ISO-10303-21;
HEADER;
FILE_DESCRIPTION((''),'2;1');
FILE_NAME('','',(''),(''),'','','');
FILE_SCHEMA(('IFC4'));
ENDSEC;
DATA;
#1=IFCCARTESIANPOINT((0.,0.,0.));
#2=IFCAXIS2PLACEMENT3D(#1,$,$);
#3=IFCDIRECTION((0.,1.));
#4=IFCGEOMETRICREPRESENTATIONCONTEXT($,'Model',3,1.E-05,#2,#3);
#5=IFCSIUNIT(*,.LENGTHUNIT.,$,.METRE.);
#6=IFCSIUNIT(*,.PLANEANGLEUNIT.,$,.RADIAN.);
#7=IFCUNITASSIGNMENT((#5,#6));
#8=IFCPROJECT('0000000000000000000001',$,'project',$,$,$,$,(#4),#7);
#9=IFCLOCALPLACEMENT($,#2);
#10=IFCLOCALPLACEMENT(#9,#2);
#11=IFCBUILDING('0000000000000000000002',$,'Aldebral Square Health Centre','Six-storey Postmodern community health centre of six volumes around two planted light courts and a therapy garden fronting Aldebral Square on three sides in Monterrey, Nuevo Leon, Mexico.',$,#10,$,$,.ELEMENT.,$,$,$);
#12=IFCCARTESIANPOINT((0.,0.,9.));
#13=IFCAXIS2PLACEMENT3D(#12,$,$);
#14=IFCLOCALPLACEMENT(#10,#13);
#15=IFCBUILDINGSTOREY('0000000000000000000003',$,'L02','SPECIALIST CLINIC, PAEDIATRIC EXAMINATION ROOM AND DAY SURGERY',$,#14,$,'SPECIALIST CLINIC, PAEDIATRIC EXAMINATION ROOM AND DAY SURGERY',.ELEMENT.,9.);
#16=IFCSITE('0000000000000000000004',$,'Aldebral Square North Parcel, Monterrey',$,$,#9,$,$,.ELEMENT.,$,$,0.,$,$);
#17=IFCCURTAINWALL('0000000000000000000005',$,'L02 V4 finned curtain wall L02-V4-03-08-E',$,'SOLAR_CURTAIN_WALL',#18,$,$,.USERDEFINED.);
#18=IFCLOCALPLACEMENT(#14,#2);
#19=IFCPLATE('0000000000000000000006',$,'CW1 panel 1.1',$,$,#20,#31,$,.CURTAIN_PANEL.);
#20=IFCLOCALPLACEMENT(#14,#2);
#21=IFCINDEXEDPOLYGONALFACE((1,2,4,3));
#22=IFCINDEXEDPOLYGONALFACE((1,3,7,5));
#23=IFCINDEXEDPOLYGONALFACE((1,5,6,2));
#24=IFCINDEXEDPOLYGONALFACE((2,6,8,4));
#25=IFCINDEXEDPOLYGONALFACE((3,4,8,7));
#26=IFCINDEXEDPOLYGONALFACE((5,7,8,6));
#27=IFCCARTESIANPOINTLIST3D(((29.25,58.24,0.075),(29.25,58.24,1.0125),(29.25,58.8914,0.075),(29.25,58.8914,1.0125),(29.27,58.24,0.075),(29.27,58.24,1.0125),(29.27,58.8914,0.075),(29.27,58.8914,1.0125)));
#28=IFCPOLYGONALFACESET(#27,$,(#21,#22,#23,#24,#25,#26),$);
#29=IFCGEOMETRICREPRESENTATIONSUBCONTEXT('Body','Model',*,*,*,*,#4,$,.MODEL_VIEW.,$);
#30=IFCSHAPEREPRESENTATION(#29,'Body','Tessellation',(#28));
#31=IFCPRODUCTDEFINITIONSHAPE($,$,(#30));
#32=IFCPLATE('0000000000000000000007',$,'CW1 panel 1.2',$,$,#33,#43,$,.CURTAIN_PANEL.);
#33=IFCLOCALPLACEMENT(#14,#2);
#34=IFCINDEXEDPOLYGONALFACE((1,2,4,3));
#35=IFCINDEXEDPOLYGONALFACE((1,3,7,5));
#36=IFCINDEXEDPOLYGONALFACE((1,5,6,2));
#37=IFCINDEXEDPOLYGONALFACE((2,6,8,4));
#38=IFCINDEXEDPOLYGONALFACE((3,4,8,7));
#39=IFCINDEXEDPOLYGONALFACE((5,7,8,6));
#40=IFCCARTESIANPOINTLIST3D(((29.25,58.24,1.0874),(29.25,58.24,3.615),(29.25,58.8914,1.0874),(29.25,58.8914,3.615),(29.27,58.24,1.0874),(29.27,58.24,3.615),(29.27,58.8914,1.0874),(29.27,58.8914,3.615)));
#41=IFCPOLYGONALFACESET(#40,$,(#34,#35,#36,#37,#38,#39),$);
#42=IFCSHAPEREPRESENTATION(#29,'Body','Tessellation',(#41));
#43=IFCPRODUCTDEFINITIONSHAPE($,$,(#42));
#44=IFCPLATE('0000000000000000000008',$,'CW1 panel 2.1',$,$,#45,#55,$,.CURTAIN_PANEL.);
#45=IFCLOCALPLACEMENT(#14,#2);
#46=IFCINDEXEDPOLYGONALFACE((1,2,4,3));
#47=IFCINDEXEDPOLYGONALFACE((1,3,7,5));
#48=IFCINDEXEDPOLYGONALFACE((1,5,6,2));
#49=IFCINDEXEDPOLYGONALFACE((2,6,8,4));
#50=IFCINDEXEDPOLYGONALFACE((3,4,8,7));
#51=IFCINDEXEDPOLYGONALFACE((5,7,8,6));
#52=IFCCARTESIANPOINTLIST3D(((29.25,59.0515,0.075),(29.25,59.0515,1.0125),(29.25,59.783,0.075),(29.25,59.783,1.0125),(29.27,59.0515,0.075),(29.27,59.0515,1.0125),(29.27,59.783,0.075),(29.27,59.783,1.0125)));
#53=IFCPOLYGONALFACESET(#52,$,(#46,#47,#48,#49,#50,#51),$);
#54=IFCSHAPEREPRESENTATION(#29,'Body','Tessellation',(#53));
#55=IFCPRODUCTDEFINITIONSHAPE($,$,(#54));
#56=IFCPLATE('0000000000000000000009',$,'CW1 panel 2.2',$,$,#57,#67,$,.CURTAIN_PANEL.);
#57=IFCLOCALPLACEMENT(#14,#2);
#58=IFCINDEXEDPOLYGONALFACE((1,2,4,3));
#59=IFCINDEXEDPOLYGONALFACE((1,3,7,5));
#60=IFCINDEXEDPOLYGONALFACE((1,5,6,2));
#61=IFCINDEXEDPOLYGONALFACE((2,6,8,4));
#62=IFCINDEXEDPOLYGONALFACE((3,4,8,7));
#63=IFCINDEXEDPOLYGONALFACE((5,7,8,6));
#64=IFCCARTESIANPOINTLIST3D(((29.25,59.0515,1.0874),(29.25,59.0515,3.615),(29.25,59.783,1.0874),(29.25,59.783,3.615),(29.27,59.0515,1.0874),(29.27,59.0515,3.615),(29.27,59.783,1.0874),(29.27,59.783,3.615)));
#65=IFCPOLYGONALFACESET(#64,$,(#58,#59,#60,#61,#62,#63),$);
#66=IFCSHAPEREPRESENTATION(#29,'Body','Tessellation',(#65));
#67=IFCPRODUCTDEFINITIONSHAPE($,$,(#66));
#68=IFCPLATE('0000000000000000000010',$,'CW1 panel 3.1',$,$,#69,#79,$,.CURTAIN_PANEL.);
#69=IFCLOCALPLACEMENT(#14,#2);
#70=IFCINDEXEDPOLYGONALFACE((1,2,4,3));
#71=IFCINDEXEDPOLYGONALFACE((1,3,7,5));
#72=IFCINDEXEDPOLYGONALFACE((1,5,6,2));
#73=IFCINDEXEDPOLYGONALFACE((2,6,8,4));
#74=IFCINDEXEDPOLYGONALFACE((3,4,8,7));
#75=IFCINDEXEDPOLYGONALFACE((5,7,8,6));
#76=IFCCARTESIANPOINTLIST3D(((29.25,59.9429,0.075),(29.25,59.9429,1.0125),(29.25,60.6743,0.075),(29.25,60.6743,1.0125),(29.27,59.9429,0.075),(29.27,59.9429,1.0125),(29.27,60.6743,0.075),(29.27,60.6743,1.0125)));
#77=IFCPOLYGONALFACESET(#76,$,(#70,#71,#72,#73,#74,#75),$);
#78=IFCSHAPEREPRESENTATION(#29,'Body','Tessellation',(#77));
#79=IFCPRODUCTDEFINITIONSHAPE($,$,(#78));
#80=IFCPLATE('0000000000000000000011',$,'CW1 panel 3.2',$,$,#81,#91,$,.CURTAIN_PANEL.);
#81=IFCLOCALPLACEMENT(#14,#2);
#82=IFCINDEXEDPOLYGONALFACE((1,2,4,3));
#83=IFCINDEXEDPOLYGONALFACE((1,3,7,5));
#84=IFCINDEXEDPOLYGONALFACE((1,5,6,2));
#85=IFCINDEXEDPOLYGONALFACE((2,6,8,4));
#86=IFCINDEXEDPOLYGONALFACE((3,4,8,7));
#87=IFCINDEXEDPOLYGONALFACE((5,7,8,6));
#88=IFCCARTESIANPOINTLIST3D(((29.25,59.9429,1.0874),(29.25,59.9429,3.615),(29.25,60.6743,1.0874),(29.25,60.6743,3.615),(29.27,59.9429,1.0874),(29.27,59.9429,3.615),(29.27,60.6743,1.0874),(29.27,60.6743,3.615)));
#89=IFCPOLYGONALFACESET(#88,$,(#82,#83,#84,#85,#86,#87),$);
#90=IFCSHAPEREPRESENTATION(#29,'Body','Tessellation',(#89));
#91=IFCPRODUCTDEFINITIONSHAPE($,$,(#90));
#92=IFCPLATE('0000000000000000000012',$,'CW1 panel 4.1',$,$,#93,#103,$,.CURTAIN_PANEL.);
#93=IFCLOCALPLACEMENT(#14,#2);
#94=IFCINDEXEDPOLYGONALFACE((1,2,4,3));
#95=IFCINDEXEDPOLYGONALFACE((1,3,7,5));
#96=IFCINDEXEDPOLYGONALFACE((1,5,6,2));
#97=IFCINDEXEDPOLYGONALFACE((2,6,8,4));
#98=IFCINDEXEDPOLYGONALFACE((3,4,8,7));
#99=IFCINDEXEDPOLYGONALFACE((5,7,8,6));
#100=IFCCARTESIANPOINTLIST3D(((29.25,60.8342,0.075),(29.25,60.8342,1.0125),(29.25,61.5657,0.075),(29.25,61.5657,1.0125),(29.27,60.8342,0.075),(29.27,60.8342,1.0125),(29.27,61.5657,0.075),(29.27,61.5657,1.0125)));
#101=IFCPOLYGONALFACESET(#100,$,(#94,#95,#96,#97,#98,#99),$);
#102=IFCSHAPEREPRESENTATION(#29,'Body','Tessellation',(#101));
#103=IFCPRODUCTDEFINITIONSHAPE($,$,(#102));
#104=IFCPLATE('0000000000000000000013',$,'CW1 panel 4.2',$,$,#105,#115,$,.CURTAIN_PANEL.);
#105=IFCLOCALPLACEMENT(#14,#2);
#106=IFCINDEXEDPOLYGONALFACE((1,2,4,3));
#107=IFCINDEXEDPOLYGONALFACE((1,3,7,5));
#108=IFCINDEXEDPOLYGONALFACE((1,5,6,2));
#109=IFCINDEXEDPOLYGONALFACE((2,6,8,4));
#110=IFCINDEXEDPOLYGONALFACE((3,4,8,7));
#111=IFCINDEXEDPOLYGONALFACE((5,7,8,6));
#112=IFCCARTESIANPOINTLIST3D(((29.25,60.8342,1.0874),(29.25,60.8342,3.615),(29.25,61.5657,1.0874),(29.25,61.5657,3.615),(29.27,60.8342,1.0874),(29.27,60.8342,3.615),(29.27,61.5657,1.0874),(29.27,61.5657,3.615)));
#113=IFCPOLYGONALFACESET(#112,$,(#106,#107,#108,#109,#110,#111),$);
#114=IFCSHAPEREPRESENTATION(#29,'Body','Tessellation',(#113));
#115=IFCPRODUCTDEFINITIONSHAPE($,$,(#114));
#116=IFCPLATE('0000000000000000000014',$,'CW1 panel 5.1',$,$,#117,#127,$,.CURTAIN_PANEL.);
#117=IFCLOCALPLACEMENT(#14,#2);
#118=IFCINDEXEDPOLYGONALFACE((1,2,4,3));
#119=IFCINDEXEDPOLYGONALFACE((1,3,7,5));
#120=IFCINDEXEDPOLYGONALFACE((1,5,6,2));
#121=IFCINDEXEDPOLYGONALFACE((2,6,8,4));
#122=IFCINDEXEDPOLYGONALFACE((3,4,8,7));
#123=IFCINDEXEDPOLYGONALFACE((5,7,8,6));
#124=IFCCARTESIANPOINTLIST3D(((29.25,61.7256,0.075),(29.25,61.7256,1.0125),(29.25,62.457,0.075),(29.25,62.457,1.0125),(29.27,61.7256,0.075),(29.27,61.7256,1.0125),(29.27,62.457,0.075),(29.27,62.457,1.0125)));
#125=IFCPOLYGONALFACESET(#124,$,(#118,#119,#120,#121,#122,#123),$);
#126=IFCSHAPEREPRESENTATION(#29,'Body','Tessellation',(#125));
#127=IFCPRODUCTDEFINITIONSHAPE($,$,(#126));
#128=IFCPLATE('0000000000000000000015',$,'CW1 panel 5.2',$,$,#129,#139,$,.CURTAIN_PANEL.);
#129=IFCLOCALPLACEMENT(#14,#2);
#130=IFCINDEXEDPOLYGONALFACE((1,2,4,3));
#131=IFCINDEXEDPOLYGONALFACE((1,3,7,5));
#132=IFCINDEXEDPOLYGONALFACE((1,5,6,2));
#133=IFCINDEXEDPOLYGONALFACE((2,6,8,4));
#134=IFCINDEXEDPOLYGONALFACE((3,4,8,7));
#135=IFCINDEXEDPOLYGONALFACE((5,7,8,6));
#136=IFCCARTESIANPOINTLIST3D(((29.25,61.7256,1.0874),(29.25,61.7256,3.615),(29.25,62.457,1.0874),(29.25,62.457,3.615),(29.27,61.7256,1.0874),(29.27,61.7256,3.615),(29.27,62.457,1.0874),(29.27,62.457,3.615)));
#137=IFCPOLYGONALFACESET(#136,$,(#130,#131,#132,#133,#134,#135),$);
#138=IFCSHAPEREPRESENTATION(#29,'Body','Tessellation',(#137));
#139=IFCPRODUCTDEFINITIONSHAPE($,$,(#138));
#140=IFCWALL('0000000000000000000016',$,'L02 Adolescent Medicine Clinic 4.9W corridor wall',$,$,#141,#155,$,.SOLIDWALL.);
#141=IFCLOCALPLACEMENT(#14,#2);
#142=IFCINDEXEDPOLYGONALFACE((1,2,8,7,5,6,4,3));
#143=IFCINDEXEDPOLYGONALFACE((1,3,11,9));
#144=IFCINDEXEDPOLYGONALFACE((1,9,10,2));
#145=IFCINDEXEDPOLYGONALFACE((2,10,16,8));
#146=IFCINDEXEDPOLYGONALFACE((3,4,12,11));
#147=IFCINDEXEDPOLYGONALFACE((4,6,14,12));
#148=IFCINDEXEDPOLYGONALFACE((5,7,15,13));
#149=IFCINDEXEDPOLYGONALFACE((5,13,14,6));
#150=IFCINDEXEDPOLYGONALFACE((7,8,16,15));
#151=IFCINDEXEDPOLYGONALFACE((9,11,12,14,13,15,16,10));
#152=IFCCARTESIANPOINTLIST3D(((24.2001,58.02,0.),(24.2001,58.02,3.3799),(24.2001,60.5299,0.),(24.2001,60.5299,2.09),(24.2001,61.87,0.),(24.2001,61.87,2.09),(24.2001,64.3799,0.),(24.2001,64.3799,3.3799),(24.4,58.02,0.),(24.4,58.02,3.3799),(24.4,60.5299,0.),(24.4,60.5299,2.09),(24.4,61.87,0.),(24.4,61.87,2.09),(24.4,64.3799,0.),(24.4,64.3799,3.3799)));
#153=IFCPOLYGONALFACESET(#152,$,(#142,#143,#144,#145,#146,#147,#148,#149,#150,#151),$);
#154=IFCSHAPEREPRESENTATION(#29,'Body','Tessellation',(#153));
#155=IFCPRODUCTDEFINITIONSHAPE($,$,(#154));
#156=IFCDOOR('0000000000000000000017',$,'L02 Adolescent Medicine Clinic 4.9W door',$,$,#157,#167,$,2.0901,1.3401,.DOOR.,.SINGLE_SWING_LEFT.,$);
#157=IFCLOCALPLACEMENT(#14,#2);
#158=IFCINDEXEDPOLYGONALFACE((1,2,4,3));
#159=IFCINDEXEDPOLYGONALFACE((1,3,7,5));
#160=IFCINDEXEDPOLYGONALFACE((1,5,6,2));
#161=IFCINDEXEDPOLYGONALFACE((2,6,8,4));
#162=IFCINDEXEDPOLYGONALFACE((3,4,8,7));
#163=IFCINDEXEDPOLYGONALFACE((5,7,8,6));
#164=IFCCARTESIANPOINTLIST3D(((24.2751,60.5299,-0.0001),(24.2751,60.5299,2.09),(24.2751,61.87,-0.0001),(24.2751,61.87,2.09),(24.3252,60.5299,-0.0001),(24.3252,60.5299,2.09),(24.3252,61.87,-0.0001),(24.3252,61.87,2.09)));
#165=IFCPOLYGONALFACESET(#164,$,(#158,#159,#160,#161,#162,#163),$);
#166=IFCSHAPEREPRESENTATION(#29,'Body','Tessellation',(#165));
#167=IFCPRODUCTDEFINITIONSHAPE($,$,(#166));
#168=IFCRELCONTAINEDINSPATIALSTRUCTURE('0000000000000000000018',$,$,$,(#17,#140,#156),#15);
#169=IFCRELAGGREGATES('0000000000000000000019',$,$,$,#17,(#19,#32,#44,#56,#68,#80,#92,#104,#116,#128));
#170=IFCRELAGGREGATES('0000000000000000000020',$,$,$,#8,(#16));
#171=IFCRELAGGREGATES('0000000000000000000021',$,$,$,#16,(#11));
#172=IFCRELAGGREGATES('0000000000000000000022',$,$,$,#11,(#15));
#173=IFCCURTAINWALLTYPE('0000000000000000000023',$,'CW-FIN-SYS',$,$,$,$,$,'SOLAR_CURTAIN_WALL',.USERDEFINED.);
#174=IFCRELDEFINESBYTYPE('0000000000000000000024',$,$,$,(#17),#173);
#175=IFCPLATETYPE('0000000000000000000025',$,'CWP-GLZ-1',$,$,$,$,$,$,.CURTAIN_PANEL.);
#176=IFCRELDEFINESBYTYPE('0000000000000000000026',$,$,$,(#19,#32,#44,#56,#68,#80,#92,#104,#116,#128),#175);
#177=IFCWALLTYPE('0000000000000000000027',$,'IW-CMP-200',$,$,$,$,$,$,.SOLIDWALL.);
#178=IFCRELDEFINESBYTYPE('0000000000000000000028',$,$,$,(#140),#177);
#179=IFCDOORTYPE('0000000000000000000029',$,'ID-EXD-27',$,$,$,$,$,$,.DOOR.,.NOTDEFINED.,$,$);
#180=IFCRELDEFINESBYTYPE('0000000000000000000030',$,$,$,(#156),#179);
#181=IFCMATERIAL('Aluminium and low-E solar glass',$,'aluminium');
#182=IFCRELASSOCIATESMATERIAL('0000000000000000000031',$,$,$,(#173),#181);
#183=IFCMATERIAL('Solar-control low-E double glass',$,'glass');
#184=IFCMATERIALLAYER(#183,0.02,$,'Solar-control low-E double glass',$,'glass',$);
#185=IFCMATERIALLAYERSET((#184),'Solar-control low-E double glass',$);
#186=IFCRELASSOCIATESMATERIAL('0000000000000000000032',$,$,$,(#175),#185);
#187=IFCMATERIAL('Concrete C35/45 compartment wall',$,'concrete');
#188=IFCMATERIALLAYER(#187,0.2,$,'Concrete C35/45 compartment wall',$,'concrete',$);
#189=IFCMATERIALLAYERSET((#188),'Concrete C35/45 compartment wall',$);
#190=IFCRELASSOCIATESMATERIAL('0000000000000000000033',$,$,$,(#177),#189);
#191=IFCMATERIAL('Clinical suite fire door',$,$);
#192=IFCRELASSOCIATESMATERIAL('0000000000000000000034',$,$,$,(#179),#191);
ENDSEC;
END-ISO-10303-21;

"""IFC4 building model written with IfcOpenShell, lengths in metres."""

from ifc_helpers import new_model, si_unit, direction, frame, frame_2d, origin, origin_2d, place, context, subcontext, project, spatial, rectangle, extrude, material, layer, layer_set, type_object, element, fill, aggregate, save


model = new_model("IFC4")

# Units and contexts
model_context = context("Model", 3, precision=1e-05, world=origin(), true_north=direction((0.0, 1.0)))
body_context = subcontext(model_context, "Body", "Model", "MODEL_VIEW")
ifc_project = project(units=[si_unit("LENGTHUNIT", "METRE"), si_unit("PLANEANGLEUNIT", "RADIAN")], contexts=[model_context])

# Site, building, storey
site_placement = place(None, origin())
site = spatial("IfcSite", under=ifc_project, at=site_placement, Name="Aldebral Square North Parcel, Monterrey", CompositionType="ELEMENT", RefElevation=0.0)
building_placement = place(site_placement, origin())
building = spatial("IfcBuilding", under=site, at=building_placement, Name="Aldebral Square Health Centre", Description="Six-storey Postmodern community health centre of six volumes around two planted light courts and a therapy garden fronting Aldebral Square on three sides in Monterrey, Nuevo Leon, Mexico.", CompositionType="ELEMENT")
storey_placement = place(building_placement, frame((0.0, 0.0, 9.0)))
storey = spatial("IfcBuildingStorey", under=building, at=storey_placement, Name="L02", Description="SPECIALIST CLINIC, PAEDIATRIC EXAMINATION ROOM AND DAY SURGERY", LongName="SPECIALIST CLINIC, PAEDIATRIC EXAMINATION ROOM AND DAY SURGERY", CompositionType="ELEMENT", Elevation=9.0)

# Curtain wall, plates
ifc_material_1 = material(Name="Aluminium and low-E solar glass", Category="aluminium")
curtain_wall_type = type_object("IfcCurtainWallType", Name="CW-FIN-SYS", ElementType="SOLAR_CURTAIN_WALL", PredefinedType="USERDEFINED", material=ifc_material_1)
curtain_wall_placement = place(storey_placement, origin())
curtain_wall = element("IfcCurtainWall", 1, at=curtain_wall_placement, inside=storey, type_object=curtain_wall_type, Name="L02 V4 finned curtain wall L02-V4-03-08-E", ObjectType="SOLAR_CURTAIN_WALL", PredefinedType="USERDEFINED")
ifc_material_2 = material(Name="Solar-control low-E double glass", Category="glass")
ifc_layer_1 = layer(ifc_material_2, 0.02, Name="Solar-control low-E double glass", Category="glass")
ifc_layer_set_1 = layer_set([ifc_layer_1], Name="Solar-control low-E double glass")
plate_type = type_object("IfcPlateType", Name="CWP-GLZ-1", PredefinedType="CURTAIN_PANEL", material=ifc_layer_set_1)
plate_1_placement = place(storey_placement, frame((29.26, 58.5657, 0.075), z_axis=(0.0, 0.0, 1.0), x_axis=(0.0, 1.0, 0.0)))
plate_1 = element("IfcPlate", 2, at=plate_1_placement, type_object=plate_type, Name="CW1 panel 1.1", PredefinedType="CURTAIN_PANEL", context=body_context, shape_type="SweptSolid", body=[
    extrude(rectangle(XDim=0.6514, YDim=0.02, at=origin_2d()), origin(), (0.0, 0.0, 1.0), 0.9375),
])
plate_2_placement = place(storey_placement, frame((29.26, 58.5657, 1.0874), z_axis=(0.0, 0.0, 1.0), x_axis=(0.0, 1.0, 0.0)))
plate_2 = element("IfcPlate", 3, at=plate_2_placement, type_object=plate_type, Name="CW1 panel 1.2", PredefinedType="CURTAIN_PANEL", context=body_context, shape_type="SweptSolid", body=[
    extrude(rectangle(XDim=0.6514, YDim=0.02, at=origin_2d()), origin(), (0.0, 0.0, 1.0), 2.5276),
])
plate_3_placement = place(storey_placement, frame((29.26, 59.4172, 0.075), z_axis=(0.0, 0.0, 1.0), x_axis=(0.0, 1.0, 0.0)))
plate_3 = element("IfcPlate", 4, at=plate_3_placement, type_object=plate_type, Name="CW1 panel 2.1", PredefinedType="CURTAIN_PANEL", context=body_context, shape_type="SweptSolid", body=[
    extrude(rectangle(XDim=0.7314, YDim=0.02, at=origin_2d()), origin(), (0.0, 0.0, 1.0), 0.9375),
])
plate_4_placement = place(storey_placement, frame((29.26, 59.4172, 1.0874), z_axis=(0.0, 0.0, 1.0), x_axis=(0.0, 1.0, 0.0)))
plate_4 = element("IfcPlate", 5, at=plate_4_placement, type_object=plate_type, Name="CW1 panel 2.2", PredefinedType="CURTAIN_PANEL", context=body_context, shape_type="SweptSolid", body=[
    extrude(rectangle(XDim=0.7314, YDim=0.02, at=origin_2d()), origin(), (0.0, 0.0, 1.0), 2.5276),
])
plate_5_placement = place(storey_placement, frame((29.26, 60.3086, 0.075), z_axis=(0.0, 0.0, 1.0), x_axis=(0.0, 1.0, 0.0)))
plate_5 = element("IfcPlate", 6, at=plate_5_placement, type_object=plate_type, Name="CW1 panel 3.1", PredefinedType="CURTAIN_PANEL", context=body_context, shape_type="SweptSolid", body=[
    extrude(rectangle(XDim=0.7314, YDim=0.02, at=origin_2d()), origin(), (0.0, 0.0, 1.0), 0.9375),
])
plate_6_placement = place(storey_placement, frame((29.26, 60.3086, 1.0874), z_axis=(0.0, 0.0, 1.0), x_axis=(0.0, 1.0, 0.0)))
plate_6 = element("IfcPlate", 7, at=plate_6_placement, type_object=plate_type, Name="CW1 panel 3.2", PredefinedType="CURTAIN_PANEL", context=body_context, shape_type="SweptSolid", body=[
    extrude(rectangle(XDim=0.7314, YDim=0.02, at=origin_2d()), origin(), (0.0, 0.0, 1.0), 2.5276),
])
plate_7_placement = place(storey_placement, frame((29.26, 61.2, 0.075), z_axis=(0.0, 0.0, 1.0), x_axis=(0.0, 1.0, 0.0)))
plate_7 = element("IfcPlate", 8, at=plate_7_placement, type_object=plate_type, Name="CW1 panel 4.1", PredefinedType="CURTAIN_PANEL", context=body_context, shape_type="SweptSolid", body=[
    extrude(rectangle(XDim=0.7314, YDim=0.02, at=origin_2d()), origin(), (0.0, 0.0, 1.0), 0.9375),
])
plate_8_placement = place(storey_placement, frame((29.26, 61.2, 1.0874), z_axis=(0.0, 0.0, 1.0), x_axis=(0.0, 1.0, 0.0)))
plate_8 = element("IfcPlate", 9, at=plate_8_placement, type_object=plate_type, Name="CW1 panel 4.2", PredefinedType="CURTAIN_PANEL", context=body_context, shape_type="SweptSolid", body=[
    extrude(rectangle(XDim=0.7314, YDim=0.02, at=origin_2d()), origin(), (0.0, 0.0, 1.0), 2.5276),
])
plate_9_placement = place(storey_placement, frame((29.26, 62.0913, 0.075), z_axis=(0.0, 0.0, 1.0), x_axis=(0.0, 1.0, 0.0)))
plate_9 = element("IfcPlate", 10, at=plate_9_placement, type_object=plate_type, Name="CW1 panel 5.1", PredefinedType="CURTAIN_PANEL", context=body_context, shape_type="SweptSolid", body=[
    extrude(rectangle(XDim=0.7314, YDim=0.02, at=origin_2d()), origin(), (0.0, 0.0, 1.0), 0.9375),
])
plate_10_placement = place(storey_placement, frame((29.26, 62.0913, 1.0874), z_axis=(0.0, 0.0, 1.0), x_axis=(0.0, 1.0, 0.0)))
plate_10 = element("IfcPlate", 11, at=plate_10_placement, type_object=plate_type, Name="CW1 panel 5.2", PredefinedType="CURTAIN_PANEL", context=body_context, shape_type="SweptSolid", body=[
    extrude(rectangle(XDim=0.7314, YDim=0.02, at=origin_2d()), origin(), (0.0, 0.0, 1.0), 2.5276),
])
aggregate(curtain_wall, [plate_1, plate_2, plate_3, plate_4, plate_5, plate_6, plate_7, plate_8, plate_9, plate_10])

# Wall, opening, door
ifc_material_3 = material(Name="Concrete C35/45 compartment wall", Category="concrete")
ifc_layer_2 = layer(ifc_material_3, 0.2, Name="Concrete C35/45 compartment wall", Category="concrete")
ifc_layer_set_2 = layer_set([ifc_layer_2], Name="Concrete C35/45 compartment wall")
wall_type = type_object("IfcWallType", Name="IW-CMP-200", PredefinedType="SOLIDWALL", material=ifc_layer_set_2)
wall_1_placement = place(storey_placement, frame((24.3, 58.02, 0.0), z_axis=(0.0, 0.0, 1.0), x_axis=(0.0, 1.0, 0.0)))
wall_1 = element("IfcWall", 12, at=wall_1_placement, inside=storey, type_object=wall_type, Name="L02 Adolescent Medicine Clinic 4.9W corridor wall", PredefinedType="SOLIDWALL", context=body_context, shape_type="SweptSolid", body=[
    extrude(rectangle(XDim=6.3599, YDim=0.2, at=frame_2d((3.1799, 0.0))), origin(), (0.0, 0.0, 1.0), 3.3799),
])
opening_1_placement = place(wall_1_placement, frame((2.51, 0.0, 0.0)))
opening_1 = element("IfcOpeningElement", 13, at=opening_1_placement, cuts=wall_1, PredefinedType="OPENING", context=body_context, shape_type="SweptSolid", body=[
    extrude(rectangle(XDim=1.3401, YDim=2.0901, at=frame_2d((0.6699, 1.0449))), frame((0.0, 0.1099, 0.0), z_axis=(0.0, -1.0, 0.0), x_axis=(1.0, 0.0, 0.0)), (0.0, 0.0, 1.0), 0.22),
])
ifc_material_4 = material(Name="Clinical suite fire door")
door_type_1 = type_object("IfcDoorType", Name="ID-EXD-27", OperationType="NOTDEFINED", PredefinedType="DOOR", material=ifc_material_4)
door_1_placement = place(opening_1_placement, origin())
door_1 = element("IfcDoor", 14, at=door_1_placement, inside=storey, type_object=door_type_1, Name="L02 Adolescent Medicine Clinic 4.9W door", OperationType="SINGLE_SWING_LEFT", OverallHeight=2.0901, OverallWidth=1.3401, PredefinedType="DOOR", context=body_context, shape_type="SweptSolid", body=[
    extrude(rectangle(XDim=1.3401, YDim=2.0901, at=frame_2d((0.6699, 1.0449))), frame((0.0, 0.0249, 0.0), z_axis=(0.0, -1.0, 0.0), x_axis=(1.0, 0.0, 0.0)), (0.0, 0.0, 1.0), 0.05),
])
fill(opening_1, door_1)

save(model, "model.ifc")
